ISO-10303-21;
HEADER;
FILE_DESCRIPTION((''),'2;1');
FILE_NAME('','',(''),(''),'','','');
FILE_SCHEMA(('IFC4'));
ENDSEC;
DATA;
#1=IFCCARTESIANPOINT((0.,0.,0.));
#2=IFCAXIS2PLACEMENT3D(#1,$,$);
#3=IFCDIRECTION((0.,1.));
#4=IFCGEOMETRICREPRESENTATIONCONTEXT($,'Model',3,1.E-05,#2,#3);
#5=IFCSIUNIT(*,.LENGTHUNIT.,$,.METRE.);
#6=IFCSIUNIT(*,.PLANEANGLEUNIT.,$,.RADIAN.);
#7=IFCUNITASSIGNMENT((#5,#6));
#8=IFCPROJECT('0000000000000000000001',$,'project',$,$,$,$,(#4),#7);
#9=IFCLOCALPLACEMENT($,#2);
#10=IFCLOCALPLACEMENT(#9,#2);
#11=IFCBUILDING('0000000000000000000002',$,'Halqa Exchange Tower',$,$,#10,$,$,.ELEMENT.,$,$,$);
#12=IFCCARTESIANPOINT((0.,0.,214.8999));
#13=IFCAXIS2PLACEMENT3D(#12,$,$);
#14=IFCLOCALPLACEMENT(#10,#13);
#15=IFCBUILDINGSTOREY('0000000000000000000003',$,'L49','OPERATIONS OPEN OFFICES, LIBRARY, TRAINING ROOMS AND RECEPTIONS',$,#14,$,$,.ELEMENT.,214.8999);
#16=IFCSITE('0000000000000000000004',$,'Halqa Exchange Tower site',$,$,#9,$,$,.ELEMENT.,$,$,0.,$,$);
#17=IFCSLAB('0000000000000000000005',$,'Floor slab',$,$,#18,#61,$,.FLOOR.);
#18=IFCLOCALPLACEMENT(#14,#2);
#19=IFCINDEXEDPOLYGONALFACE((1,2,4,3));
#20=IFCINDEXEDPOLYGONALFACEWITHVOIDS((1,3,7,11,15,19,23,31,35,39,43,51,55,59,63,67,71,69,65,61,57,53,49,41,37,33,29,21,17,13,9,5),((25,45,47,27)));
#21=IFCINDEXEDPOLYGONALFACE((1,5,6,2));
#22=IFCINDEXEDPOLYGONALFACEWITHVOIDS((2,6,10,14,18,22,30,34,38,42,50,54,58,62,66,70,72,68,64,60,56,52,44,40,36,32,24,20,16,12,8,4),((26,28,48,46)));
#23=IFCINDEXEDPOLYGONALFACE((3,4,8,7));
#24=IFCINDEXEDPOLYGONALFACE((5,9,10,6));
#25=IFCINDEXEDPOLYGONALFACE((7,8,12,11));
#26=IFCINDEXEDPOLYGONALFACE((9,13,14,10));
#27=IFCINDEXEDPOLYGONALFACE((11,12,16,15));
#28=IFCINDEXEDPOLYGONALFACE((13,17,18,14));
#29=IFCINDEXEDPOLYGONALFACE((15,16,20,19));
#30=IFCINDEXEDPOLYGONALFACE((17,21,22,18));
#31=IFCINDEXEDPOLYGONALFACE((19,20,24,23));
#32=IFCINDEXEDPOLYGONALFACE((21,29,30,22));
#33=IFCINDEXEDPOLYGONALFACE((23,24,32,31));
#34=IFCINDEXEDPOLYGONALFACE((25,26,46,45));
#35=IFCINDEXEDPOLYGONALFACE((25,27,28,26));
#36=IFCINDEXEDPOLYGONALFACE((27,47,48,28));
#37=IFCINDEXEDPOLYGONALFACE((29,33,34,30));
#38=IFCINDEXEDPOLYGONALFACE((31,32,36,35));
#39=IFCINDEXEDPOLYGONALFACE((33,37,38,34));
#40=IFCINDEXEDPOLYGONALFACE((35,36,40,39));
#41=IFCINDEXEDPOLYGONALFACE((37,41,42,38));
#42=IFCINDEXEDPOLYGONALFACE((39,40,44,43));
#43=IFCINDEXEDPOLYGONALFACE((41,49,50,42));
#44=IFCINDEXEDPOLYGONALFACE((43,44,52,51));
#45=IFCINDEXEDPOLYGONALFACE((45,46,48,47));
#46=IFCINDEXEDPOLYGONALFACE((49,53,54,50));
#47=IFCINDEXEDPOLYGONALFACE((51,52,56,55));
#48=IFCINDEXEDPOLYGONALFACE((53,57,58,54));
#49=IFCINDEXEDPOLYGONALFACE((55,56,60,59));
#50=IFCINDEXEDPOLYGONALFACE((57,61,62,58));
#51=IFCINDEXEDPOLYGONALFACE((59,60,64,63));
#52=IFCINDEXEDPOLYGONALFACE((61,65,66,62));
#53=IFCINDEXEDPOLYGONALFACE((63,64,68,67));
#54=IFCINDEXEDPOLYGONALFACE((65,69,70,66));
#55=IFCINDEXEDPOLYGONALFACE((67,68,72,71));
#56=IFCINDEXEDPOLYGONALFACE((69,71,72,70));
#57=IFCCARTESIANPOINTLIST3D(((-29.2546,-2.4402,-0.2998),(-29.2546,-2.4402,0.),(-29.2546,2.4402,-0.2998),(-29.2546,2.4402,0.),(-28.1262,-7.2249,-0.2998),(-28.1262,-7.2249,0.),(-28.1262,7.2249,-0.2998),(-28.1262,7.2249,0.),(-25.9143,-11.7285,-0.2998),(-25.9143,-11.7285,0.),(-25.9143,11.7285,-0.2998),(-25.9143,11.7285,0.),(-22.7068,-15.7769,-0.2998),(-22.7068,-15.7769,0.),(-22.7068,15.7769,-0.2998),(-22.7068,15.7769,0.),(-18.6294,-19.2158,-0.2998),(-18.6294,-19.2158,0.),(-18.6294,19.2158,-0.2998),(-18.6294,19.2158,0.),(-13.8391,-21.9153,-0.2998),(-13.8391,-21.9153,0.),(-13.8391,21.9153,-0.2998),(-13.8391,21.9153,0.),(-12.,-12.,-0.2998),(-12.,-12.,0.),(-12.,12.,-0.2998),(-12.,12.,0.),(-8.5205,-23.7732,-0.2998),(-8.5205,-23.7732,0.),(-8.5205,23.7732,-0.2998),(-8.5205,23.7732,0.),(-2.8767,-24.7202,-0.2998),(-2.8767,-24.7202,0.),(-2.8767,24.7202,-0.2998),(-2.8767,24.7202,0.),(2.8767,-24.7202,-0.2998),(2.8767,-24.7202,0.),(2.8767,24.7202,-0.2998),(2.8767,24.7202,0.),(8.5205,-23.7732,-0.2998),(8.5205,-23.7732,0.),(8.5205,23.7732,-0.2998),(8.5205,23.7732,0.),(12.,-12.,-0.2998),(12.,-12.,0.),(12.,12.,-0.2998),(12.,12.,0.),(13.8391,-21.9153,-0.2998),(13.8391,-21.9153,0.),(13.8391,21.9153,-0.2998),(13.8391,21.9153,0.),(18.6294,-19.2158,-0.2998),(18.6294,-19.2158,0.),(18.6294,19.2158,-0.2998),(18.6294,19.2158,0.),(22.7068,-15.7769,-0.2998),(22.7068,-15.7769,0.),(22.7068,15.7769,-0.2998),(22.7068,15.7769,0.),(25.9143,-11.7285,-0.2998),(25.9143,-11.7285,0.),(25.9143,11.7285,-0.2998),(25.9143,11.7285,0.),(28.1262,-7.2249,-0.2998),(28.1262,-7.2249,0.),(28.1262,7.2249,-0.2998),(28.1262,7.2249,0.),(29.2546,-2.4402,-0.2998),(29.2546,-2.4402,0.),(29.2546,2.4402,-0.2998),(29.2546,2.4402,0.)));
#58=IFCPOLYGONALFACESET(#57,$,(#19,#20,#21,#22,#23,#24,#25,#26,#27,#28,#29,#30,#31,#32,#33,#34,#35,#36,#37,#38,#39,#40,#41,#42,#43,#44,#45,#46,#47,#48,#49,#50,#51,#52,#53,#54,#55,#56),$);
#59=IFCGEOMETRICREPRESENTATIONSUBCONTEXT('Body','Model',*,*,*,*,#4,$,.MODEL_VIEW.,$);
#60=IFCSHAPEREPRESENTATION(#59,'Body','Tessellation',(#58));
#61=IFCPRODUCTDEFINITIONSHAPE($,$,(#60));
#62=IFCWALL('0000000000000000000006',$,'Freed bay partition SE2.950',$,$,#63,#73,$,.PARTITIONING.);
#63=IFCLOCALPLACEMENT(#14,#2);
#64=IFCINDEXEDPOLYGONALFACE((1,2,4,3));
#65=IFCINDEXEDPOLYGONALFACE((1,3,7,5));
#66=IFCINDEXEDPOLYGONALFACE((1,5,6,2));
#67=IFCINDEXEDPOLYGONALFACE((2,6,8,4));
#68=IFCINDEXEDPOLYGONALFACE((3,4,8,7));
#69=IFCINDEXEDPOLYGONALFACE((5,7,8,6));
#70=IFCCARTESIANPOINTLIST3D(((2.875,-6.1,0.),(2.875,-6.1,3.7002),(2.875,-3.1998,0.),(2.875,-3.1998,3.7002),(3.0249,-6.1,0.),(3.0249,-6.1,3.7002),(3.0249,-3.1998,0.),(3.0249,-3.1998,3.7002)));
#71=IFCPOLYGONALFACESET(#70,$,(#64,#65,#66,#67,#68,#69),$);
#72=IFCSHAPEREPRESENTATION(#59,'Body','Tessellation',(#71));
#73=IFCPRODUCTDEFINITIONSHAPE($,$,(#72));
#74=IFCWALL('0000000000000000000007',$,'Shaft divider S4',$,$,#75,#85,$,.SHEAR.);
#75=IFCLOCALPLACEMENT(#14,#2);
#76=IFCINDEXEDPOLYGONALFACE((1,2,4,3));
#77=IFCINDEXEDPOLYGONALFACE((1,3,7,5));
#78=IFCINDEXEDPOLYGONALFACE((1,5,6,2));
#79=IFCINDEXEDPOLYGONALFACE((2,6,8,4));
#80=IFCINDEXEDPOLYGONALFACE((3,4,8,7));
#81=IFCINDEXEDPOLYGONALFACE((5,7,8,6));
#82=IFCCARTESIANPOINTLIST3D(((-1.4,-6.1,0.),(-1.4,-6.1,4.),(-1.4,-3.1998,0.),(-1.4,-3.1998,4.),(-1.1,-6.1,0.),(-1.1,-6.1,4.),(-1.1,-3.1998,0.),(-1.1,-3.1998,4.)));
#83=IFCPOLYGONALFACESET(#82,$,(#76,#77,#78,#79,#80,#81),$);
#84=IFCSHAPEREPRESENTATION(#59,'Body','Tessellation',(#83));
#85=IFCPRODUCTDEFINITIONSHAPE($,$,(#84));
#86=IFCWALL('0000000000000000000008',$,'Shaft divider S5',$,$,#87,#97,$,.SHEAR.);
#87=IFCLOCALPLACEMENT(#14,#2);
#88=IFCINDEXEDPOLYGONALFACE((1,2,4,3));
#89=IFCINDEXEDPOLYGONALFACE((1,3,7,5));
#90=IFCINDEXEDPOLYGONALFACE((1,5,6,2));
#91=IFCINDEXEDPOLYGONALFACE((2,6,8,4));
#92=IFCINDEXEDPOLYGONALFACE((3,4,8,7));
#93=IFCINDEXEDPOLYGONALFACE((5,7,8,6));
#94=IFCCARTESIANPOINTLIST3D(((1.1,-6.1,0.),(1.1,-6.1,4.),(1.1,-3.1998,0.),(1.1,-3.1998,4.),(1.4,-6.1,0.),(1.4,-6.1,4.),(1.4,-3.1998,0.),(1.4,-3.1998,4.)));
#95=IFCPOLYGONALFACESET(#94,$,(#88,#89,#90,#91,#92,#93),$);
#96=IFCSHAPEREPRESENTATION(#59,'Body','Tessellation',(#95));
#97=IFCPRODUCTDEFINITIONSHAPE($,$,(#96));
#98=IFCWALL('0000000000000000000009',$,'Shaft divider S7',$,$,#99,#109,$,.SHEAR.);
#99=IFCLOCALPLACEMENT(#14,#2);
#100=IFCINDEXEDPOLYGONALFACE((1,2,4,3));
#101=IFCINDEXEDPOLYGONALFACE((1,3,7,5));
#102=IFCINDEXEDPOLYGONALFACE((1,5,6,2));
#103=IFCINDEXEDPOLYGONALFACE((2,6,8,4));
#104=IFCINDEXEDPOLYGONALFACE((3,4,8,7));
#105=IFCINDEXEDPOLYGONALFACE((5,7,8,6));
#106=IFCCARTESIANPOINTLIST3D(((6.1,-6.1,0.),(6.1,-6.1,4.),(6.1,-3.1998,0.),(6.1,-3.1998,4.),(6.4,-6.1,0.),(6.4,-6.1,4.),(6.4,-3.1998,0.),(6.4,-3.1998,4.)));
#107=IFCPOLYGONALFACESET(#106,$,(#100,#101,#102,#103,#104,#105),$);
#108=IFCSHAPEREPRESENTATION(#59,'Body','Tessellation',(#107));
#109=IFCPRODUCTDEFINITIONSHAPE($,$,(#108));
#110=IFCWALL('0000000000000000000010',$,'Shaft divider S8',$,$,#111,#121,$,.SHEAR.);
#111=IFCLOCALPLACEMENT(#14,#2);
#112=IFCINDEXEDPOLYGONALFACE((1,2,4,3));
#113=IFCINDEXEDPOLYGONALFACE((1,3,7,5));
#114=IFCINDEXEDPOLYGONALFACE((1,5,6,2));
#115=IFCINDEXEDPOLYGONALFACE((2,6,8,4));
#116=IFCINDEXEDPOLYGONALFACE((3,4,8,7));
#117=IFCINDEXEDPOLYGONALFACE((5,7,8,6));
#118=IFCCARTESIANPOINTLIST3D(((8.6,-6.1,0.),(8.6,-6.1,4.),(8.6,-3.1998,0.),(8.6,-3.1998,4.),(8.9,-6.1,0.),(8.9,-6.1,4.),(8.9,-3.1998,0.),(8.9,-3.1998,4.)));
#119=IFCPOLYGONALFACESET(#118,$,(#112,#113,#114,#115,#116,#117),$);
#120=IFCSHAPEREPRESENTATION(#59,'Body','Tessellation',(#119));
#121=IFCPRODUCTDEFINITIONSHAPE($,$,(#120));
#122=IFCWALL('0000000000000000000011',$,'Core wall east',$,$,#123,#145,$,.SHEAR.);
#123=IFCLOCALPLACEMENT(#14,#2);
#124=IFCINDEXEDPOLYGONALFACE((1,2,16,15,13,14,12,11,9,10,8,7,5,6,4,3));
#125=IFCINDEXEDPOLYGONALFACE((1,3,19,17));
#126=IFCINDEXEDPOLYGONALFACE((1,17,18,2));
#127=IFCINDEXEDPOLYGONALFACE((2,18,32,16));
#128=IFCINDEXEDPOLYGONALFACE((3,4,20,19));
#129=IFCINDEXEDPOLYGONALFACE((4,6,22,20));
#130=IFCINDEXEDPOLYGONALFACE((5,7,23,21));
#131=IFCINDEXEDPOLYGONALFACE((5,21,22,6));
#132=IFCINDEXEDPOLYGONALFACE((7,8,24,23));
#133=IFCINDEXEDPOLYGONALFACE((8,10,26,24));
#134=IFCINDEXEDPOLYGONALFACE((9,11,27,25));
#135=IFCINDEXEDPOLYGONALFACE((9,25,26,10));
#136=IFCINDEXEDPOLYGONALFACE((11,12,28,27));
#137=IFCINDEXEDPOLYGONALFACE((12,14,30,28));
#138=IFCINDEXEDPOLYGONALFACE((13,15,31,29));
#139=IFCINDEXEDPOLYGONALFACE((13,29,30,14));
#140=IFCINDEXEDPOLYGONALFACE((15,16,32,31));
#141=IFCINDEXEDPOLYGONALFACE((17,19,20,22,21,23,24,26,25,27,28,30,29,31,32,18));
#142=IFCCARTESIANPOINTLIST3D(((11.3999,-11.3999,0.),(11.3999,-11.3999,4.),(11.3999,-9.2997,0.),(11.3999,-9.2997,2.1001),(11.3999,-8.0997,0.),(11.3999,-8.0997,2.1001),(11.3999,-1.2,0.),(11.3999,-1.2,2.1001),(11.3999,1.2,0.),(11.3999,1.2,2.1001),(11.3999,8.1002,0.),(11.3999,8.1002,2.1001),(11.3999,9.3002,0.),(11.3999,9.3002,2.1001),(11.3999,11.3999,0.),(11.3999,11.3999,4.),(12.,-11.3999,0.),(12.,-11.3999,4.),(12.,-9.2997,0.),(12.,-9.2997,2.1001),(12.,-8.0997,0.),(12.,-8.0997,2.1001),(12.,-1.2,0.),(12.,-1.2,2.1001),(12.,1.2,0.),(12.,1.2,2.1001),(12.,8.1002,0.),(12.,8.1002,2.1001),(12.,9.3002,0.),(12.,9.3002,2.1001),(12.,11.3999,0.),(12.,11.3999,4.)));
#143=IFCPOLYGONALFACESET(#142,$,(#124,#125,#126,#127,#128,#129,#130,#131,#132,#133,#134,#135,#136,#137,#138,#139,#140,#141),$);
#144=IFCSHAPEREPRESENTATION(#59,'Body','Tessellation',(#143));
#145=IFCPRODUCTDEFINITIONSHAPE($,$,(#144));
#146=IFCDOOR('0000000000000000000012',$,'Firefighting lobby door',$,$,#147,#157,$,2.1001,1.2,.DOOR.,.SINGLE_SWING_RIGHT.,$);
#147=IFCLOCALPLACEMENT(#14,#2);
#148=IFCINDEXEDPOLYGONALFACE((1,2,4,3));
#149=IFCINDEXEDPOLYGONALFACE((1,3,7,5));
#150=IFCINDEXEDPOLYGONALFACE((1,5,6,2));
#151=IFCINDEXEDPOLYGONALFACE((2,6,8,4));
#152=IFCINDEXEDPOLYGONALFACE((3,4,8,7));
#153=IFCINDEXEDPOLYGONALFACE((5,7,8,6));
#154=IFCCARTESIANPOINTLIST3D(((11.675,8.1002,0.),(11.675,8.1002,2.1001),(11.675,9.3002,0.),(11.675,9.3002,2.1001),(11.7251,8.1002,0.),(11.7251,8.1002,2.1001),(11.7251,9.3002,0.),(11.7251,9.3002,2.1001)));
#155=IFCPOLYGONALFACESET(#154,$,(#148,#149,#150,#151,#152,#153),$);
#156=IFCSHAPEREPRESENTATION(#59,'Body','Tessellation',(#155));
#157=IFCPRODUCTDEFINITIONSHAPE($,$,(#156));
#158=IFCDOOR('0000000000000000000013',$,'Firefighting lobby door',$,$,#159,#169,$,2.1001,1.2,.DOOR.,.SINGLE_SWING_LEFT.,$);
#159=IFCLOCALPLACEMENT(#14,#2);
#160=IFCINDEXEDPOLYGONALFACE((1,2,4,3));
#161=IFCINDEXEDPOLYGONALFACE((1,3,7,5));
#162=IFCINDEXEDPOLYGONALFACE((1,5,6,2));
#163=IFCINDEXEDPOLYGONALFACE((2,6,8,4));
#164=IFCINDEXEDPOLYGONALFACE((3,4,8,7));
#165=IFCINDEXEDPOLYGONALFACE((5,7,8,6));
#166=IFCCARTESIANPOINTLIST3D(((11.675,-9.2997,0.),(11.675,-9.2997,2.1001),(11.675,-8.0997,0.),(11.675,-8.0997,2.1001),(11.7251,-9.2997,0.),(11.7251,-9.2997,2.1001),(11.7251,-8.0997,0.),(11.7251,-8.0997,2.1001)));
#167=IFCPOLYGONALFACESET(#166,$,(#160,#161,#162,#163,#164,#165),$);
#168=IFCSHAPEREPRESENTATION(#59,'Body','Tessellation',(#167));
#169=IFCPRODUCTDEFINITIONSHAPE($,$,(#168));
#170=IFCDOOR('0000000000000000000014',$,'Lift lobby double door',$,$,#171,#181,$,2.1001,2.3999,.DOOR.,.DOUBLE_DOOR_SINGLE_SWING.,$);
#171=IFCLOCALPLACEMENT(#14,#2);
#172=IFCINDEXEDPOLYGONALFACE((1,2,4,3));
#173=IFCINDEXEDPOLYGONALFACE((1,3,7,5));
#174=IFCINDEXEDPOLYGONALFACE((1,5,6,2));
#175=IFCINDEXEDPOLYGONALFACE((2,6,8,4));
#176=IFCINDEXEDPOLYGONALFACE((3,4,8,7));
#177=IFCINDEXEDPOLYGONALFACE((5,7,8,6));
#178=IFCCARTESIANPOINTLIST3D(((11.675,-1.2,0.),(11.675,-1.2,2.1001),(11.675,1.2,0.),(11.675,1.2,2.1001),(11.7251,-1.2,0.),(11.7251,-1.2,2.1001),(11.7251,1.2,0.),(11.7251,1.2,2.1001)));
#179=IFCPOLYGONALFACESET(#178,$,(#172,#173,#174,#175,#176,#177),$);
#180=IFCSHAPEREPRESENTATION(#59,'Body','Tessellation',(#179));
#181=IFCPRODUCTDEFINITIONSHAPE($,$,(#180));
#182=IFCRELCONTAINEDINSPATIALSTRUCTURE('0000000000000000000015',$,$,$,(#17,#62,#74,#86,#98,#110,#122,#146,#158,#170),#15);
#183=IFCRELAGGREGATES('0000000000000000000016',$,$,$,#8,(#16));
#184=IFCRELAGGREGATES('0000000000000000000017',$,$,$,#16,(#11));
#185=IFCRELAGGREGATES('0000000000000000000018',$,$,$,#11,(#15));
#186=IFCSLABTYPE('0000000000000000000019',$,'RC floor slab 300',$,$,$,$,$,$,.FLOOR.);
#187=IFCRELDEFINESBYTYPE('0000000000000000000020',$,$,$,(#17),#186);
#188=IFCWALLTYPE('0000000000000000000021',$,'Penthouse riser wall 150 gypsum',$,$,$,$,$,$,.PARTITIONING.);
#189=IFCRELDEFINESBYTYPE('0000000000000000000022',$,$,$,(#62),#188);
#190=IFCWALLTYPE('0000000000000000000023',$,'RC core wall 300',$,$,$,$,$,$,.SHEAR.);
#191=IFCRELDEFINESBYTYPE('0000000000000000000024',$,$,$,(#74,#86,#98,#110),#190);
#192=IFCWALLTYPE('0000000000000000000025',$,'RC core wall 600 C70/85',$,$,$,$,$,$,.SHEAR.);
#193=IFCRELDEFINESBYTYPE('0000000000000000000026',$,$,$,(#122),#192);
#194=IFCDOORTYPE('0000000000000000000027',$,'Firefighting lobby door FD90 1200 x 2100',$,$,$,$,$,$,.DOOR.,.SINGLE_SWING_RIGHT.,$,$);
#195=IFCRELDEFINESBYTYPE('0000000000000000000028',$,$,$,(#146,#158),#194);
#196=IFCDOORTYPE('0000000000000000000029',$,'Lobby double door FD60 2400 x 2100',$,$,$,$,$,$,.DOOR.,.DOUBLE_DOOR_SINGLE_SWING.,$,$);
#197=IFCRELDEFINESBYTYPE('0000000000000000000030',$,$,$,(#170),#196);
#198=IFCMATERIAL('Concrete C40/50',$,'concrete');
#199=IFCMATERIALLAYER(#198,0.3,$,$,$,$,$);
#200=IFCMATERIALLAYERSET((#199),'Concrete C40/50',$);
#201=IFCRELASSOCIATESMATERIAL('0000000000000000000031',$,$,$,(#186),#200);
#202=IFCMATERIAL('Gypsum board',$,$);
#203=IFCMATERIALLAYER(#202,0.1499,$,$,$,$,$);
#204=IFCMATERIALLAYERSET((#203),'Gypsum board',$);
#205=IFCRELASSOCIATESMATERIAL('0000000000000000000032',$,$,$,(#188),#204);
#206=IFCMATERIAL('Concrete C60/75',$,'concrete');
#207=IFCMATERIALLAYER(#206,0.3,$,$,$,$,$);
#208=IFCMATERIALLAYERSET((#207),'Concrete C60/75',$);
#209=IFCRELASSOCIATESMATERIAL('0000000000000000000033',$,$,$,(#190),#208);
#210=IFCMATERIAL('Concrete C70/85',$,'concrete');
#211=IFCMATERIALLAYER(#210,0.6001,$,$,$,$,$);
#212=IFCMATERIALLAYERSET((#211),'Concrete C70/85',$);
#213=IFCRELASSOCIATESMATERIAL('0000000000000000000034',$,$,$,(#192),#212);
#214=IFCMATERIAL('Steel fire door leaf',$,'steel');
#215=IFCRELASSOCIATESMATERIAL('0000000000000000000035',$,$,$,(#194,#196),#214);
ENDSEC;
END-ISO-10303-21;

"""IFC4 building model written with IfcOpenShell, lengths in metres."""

from ifc_helpers import new_model, si_unit, direction, frame, frame_2d, origin, place, context, subcontext, project, spatial, polyline, rectangle, outline, extrude, material, layer, layer_set, type_object, element, fill, save


model = new_model("IFC4")

# Units and contexts
model_context = context("Model", 3, precision=1e-05, world=origin(), true_north=direction((0.0, 1.0)))
body_context = subcontext(model_context, "Body", "Model", "MODEL_VIEW")
ifc_project = project(units=[si_unit("LENGTHUNIT", "METRE"), si_unit("PLANEANGLEUNIT", "RADIAN")], contexts=[model_context])

# Site, building, storey
site_placement = place(None, origin())
site = spatial("IfcSite", under=ifc_project, at=site_placement, Name="Halqa Exchange Tower site", CompositionType="ELEMENT", RefElevation=0.0)
building_placement = place(site_placement, origin())
building = spatial("IfcBuilding", under=site, at=building_placement, Name="Halqa Exchange Tower", CompositionType="ELEMENT")
storey_placement = place(building_placement, frame((0.0, 0.0, 214.8999)))
storey = spatial("IfcBuildingStorey", under=building, at=storey_placement, Name="L49", Description="OPERATIONS OPEN OFFICES, LIBRARY, TRAINING ROOMS AND RECEPTIONS", CompositionType="ELEMENT", Elevation=214.8999)

# Slab
ifc_material_1 = material(Name="Concrete C40/50", Category="concrete")
ifc_layer_1 = layer(ifc_material_1, 0.3)
ifc_layer_set_1 = layer_set([ifc_layer_1], Name="Concrete C40/50")
slab_type = type_object("IfcSlabType", Name="RC floor slab 300", PredefinedType="FLOOR", material=ifc_layer_set_1)
slab_placement = place(storey_placement, frame((0.0, 0.0, -0.2998)))
element("IfcSlab", 1, at=slab_placement, inside=storey, type_object=slab_type, Name="Floor slab", PredefinedType="FLOOR", context=body_context, shape_type="SweptSolid", body=[
    extrude(outline(polyline([(29.2546, 2.4402), (28.1262, 7.2249), (25.9143, 11.7285), (22.7068, 15.7769), (18.6294, 19.2158), (13.8391, 21.9153), (8.5205, 23.7732), (2.8767, 24.7202), (-2.8767, 24.7202), (-8.5205, 23.7732), (-13.8391, 21.9153), (-18.6294, 19.2158), (-22.7068, 15.7769), (-25.9143, 11.7285), (-28.1262, 7.2249), (-29.2546, 2.4402), (-29.2546, -2.4402), (-28.1262, -7.2249), (-25.9143, -11.7285), (-22.7068, -15.7769), (-18.6294, -19.2158), (-13.8391, -21.9153), (-8.5205, -23.7732), (-2.8767, -24.7202), (2.8767, -24.7202), (8.5205, -23.7732), (13.8391, -21.9153), (18.6294, -19.2158), (22.7068, -15.7769), (25.9143, -11.7285), (28.1262, -7.2249), (29.2546, -2.4402), (29.2546, 2.4402)]), holes=[polyline([(-12.0, -12.0), (12.0, -12.0), (12.0, 12.0), (-12.0, 12.0), (-12.0, -12.0)])]), origin(), (0.0, 0.0, 1.0), 0.2998),
])

# Walls
ifc_material_2 = material(Name="Gypsum board")
ifc_layer_2 = layer(ifc_material_2, 0.1499)
ifc_layer_set_2 = layer_set([ifc_layer_2], Name="Gypsum board")
wall_type_1 = type_object("IfcWallType", Name="Penthouse riser wall 150 gypsum", PredefinedType="PARTITIONING", material=ifc_layer_set_2)
wall_1_placement = place(storey_placement, frame((2.95, -6.1001, 0.0), z_axis=(0.0, 0.0, 1.0), x_axis=(0.0, 1.0, 0.0)))
element("IfcWall", 2, at=wall_1_placement, inside=storey, type_object=wall_type_1, Name="Freed bay partition SE2.950", PredefinedType="PARTITIONING", context=body_context, shape_type="SweptSolid", body=[
    extrude(rectangle(XDim=2.9001, YDim=0.1499, at=frame_2d((1.4502, 0.0))), origin(), (0.0, 0.0, 1.0), 3.7002),
])
ifc_material_3 = material(Name="Concrete C60/75", Category="concrete")
ifc_layer_3 = layer(ifc_material_3, 0.3)
ifc_layer_set_3 = layer_set([ifc_layer_3], Name="Concrete C60/75")
wall_type_2 = type_object("IfcWallType", Name="RC core wall 300", PredefinedType="SHEAR", material=ifc_layer_set_3)
for number, where, z_axis, x_axis, name in (
    (3, (-1.25, -6.1001, 0.0), (0.0, 0.0, 1.0), (0.0, 1.0, 0.0), "Shaft divider S4"),
    (4, (1.25, -6.1001, 0.0), (0.0, 0.0, 1.0), (0.0, 1.0, 0.0), "Shaft divider S5"),
    (5, (6.25, -6.1001, 0.0), (0.0, 0.0, 1.0), (0.0, 1.0, 0.0), "Shaft divider S7"),
    (6, (8.75, -6.1001, 0.0), (0.0, 0.0, 1.0), (0.0, 1.0, 0.0), "Shaft divider S8"),
):
    element("IfcWall", number, at=place(storey_placement, frame(where, z_axis=z_axis, x_axis=x_axis)), inside=storey, type_object=wall_type_2, Name=name, PredefinedType="SHEAR", context=body_context, shape_type="SweptSolid", body=[
        extrude(rectangle(XDim=2.9001, YDim=0.3, at=frame_2d((1.4502, 0.0))), origin(), (0.0, 0.0, 1.0), 4.0),
    ])

# Wall, openings, doors
ifc_material_4 = material(Name="Concrete C70/85", Category="concrete")
ifc_layer_4 = layer(ifc_material_4, 0.6001)
ifc_layer_set_4 = layer_set([ifc_layer_4], Name="Concrete C70/85")
wall_type_3 = type_object("IfcWallType", Name="RC core wall 600 C70/85", PredefinedType="SHEAR", material=ifc_layer_set_4)
wall_2_placement = place(storey_placement, frame((11.7, -11.3999, 0.0), z_axis=(0.0, 0.0, 1.0), x_axis=(0.0, 1.0, 0.0)))
wall_2 = element("IfcWall", 7, at=wall_2_placement, inside=storey, type_object=wall_type_3, Name="Core wall east", PredefinedType="SHEAR", context=body_context, shape_type="SweptSolid", body=[
    extrude(rectangle(XDim=22.7998, YDim=0.6001, at=frame_2d((11.3999, 0.0))), origin(), (0.0, 0.0, 1.0), 4.0),
])
opening_1_placement = place(wall_2_placement, frame((10.2, 0.0, 0.0)))
opening_1 = element("IfcOpeningElement", 8, at=opening_1_placement, cuts=wall_2, PredefinedType="OPENING", context=body_context, shape_type="SweptSolid", body=[
    extrude(rectangle(XDim=2.3999, YDim=2.1001, at=frame_2d((1.2, 1.05))), frame((0.0, 0.312, 0.0), z_axis=(0.0, -1.0, 0.0), x_axis=(1.0, 0.0, 0.0)), (0.0, 0.0, 1.0), 0.624),
])
opening_2_placement = place(wall_2_placement, frame((19.5, 0.0, 0.0)))
opening_2 = element("IfcOpeningElement", 9, at=opening_2_placement, cuts=wall_2, PredefinedType="OPENING", context=body_context, shape_type="SweptSolid", body=[
    extrude(rectangle(XDim=1.2, YDim=2.1001, at=frame_2d((0.6001, 1.05))), frame((0.0, 0.312, 0.0), z_axis=(0.0, -1.0, 0.0), x_axis=(1.0, 0.0, 0.0)), (0.0, 0.0, 1.0), 0.624),
])
opening_3_placement = place(wall_2_placement, frame((2.1001, 0.0, 0.0)))
opening_3 = element("IfcOpeningElement", 10, at=opening_3_placement, cuts=wall_2, PredefinedType="OPENING", context=body_context, shape_type="SweptSolid", body=[
    extrude(rectangle(XDim=1.2, YDim=2.1001, at=frame_2d((0.6001, 1.05))), frame((0.0, 0.312, 0.0), z_axis=(0.0, -1.0, 0.0), x_axis=(1.0, 0.0, 0.0)), (0.0, 0.0, 1.0), 0.624),
])
ifc_material_5 = material(Name="Steel fire door leaf", Category="steel")
door_type_1 = type_object("IfcDoorType", Name="Firefighting lobby door FD90 1200 x 2100", OperationType="SINGLE_SWING_RIGHT", PredefinedType="DOOR", material=ifc_material_5)
door_1_placement = place(opening_2_placement, origin())
door_1 = element("IfcDoor", 11, at=door_1_placement, inside=storey, type_object=door_type_1, Name="Firefighting lobby door", OperationType="SINGLE_SWING_RIGHT", OverallHeight=2.1001, OverallWidth=1.2, PredefinedType="DOOR", context=body_context, shape_type="SweptSolid", body=[
    extrude(rectangle(XDim=1.2, YDim=2.1001, at=frame_2d((0.6001, 1.05))), frame((0.0, 0.0249, 0.0), z_axis=(0.0, -1.0, 0.0), x_axis=(1.0, 0.0, 0.0)), (0.0, 0.0, 1.0), 0.05),
])
fill(opening_2, door_1)
door_2_placement = place(opening_3_placement, origin())
door_2 = element("IfcDoor", 12, at=door_2_placement, inside=storey, type_object=door_type_1, Name="Firefighting lobby door", OperationType="SINGLE_SWING_LEFT", OverallHeight=2.1001, OverallWidth=1.2, PredefinedType="DOOR", context=body_context, shape_type="SweptSolid", body=[
    extrude(rectangle(XDim=1.2, YDim=2.1001, at=frame_2d((0.6001, 1.05))), frame((0.0, 0.0249, 0.0), z_axis=(0.0, -1.0, 0.0), x_axis=(1.0, 0.0, 0.0)), (0.0, 0.0, 1.0), 0.05),
])
fill(opening_3, door_2)
door_type_2 = type_object("IfcDoorType", Name="Lobby double door FD60 2400 x 2100", OperationType="DOUBLE_DOOR_SINGLE_SWING", PredefinedType="DOOR", material=ifc_material_5)
door_3_placement = place(opening_1_placement, origin())
door_3 = element("IfcDoor", 13, at=door_3_placement, inside=storey, type_object=door_type_2, Name="Lift lobby double door", OperationType="DOUBLE_DOOR_SINGLE_SWING", OverallHeight=2.1001, OverallWidth=2.3999, PredefinedType="DOOR", context=body_context, shape_type="SweptSolid", body=[
    extrude(rectangle(XDim=2.3999, YDim=2.1001, at=frame_2d((1.2, 1.05))), frame((0.0, 0.0249, 0.0), z_axis=(0.0, -1.0, 0.0), x_axis=(1.0, 0.0, 0.0)), (0.0, 0.0, 1.0), 0.05),
])
fill(opening_1, door_3)

save(model, "model.ifc")
